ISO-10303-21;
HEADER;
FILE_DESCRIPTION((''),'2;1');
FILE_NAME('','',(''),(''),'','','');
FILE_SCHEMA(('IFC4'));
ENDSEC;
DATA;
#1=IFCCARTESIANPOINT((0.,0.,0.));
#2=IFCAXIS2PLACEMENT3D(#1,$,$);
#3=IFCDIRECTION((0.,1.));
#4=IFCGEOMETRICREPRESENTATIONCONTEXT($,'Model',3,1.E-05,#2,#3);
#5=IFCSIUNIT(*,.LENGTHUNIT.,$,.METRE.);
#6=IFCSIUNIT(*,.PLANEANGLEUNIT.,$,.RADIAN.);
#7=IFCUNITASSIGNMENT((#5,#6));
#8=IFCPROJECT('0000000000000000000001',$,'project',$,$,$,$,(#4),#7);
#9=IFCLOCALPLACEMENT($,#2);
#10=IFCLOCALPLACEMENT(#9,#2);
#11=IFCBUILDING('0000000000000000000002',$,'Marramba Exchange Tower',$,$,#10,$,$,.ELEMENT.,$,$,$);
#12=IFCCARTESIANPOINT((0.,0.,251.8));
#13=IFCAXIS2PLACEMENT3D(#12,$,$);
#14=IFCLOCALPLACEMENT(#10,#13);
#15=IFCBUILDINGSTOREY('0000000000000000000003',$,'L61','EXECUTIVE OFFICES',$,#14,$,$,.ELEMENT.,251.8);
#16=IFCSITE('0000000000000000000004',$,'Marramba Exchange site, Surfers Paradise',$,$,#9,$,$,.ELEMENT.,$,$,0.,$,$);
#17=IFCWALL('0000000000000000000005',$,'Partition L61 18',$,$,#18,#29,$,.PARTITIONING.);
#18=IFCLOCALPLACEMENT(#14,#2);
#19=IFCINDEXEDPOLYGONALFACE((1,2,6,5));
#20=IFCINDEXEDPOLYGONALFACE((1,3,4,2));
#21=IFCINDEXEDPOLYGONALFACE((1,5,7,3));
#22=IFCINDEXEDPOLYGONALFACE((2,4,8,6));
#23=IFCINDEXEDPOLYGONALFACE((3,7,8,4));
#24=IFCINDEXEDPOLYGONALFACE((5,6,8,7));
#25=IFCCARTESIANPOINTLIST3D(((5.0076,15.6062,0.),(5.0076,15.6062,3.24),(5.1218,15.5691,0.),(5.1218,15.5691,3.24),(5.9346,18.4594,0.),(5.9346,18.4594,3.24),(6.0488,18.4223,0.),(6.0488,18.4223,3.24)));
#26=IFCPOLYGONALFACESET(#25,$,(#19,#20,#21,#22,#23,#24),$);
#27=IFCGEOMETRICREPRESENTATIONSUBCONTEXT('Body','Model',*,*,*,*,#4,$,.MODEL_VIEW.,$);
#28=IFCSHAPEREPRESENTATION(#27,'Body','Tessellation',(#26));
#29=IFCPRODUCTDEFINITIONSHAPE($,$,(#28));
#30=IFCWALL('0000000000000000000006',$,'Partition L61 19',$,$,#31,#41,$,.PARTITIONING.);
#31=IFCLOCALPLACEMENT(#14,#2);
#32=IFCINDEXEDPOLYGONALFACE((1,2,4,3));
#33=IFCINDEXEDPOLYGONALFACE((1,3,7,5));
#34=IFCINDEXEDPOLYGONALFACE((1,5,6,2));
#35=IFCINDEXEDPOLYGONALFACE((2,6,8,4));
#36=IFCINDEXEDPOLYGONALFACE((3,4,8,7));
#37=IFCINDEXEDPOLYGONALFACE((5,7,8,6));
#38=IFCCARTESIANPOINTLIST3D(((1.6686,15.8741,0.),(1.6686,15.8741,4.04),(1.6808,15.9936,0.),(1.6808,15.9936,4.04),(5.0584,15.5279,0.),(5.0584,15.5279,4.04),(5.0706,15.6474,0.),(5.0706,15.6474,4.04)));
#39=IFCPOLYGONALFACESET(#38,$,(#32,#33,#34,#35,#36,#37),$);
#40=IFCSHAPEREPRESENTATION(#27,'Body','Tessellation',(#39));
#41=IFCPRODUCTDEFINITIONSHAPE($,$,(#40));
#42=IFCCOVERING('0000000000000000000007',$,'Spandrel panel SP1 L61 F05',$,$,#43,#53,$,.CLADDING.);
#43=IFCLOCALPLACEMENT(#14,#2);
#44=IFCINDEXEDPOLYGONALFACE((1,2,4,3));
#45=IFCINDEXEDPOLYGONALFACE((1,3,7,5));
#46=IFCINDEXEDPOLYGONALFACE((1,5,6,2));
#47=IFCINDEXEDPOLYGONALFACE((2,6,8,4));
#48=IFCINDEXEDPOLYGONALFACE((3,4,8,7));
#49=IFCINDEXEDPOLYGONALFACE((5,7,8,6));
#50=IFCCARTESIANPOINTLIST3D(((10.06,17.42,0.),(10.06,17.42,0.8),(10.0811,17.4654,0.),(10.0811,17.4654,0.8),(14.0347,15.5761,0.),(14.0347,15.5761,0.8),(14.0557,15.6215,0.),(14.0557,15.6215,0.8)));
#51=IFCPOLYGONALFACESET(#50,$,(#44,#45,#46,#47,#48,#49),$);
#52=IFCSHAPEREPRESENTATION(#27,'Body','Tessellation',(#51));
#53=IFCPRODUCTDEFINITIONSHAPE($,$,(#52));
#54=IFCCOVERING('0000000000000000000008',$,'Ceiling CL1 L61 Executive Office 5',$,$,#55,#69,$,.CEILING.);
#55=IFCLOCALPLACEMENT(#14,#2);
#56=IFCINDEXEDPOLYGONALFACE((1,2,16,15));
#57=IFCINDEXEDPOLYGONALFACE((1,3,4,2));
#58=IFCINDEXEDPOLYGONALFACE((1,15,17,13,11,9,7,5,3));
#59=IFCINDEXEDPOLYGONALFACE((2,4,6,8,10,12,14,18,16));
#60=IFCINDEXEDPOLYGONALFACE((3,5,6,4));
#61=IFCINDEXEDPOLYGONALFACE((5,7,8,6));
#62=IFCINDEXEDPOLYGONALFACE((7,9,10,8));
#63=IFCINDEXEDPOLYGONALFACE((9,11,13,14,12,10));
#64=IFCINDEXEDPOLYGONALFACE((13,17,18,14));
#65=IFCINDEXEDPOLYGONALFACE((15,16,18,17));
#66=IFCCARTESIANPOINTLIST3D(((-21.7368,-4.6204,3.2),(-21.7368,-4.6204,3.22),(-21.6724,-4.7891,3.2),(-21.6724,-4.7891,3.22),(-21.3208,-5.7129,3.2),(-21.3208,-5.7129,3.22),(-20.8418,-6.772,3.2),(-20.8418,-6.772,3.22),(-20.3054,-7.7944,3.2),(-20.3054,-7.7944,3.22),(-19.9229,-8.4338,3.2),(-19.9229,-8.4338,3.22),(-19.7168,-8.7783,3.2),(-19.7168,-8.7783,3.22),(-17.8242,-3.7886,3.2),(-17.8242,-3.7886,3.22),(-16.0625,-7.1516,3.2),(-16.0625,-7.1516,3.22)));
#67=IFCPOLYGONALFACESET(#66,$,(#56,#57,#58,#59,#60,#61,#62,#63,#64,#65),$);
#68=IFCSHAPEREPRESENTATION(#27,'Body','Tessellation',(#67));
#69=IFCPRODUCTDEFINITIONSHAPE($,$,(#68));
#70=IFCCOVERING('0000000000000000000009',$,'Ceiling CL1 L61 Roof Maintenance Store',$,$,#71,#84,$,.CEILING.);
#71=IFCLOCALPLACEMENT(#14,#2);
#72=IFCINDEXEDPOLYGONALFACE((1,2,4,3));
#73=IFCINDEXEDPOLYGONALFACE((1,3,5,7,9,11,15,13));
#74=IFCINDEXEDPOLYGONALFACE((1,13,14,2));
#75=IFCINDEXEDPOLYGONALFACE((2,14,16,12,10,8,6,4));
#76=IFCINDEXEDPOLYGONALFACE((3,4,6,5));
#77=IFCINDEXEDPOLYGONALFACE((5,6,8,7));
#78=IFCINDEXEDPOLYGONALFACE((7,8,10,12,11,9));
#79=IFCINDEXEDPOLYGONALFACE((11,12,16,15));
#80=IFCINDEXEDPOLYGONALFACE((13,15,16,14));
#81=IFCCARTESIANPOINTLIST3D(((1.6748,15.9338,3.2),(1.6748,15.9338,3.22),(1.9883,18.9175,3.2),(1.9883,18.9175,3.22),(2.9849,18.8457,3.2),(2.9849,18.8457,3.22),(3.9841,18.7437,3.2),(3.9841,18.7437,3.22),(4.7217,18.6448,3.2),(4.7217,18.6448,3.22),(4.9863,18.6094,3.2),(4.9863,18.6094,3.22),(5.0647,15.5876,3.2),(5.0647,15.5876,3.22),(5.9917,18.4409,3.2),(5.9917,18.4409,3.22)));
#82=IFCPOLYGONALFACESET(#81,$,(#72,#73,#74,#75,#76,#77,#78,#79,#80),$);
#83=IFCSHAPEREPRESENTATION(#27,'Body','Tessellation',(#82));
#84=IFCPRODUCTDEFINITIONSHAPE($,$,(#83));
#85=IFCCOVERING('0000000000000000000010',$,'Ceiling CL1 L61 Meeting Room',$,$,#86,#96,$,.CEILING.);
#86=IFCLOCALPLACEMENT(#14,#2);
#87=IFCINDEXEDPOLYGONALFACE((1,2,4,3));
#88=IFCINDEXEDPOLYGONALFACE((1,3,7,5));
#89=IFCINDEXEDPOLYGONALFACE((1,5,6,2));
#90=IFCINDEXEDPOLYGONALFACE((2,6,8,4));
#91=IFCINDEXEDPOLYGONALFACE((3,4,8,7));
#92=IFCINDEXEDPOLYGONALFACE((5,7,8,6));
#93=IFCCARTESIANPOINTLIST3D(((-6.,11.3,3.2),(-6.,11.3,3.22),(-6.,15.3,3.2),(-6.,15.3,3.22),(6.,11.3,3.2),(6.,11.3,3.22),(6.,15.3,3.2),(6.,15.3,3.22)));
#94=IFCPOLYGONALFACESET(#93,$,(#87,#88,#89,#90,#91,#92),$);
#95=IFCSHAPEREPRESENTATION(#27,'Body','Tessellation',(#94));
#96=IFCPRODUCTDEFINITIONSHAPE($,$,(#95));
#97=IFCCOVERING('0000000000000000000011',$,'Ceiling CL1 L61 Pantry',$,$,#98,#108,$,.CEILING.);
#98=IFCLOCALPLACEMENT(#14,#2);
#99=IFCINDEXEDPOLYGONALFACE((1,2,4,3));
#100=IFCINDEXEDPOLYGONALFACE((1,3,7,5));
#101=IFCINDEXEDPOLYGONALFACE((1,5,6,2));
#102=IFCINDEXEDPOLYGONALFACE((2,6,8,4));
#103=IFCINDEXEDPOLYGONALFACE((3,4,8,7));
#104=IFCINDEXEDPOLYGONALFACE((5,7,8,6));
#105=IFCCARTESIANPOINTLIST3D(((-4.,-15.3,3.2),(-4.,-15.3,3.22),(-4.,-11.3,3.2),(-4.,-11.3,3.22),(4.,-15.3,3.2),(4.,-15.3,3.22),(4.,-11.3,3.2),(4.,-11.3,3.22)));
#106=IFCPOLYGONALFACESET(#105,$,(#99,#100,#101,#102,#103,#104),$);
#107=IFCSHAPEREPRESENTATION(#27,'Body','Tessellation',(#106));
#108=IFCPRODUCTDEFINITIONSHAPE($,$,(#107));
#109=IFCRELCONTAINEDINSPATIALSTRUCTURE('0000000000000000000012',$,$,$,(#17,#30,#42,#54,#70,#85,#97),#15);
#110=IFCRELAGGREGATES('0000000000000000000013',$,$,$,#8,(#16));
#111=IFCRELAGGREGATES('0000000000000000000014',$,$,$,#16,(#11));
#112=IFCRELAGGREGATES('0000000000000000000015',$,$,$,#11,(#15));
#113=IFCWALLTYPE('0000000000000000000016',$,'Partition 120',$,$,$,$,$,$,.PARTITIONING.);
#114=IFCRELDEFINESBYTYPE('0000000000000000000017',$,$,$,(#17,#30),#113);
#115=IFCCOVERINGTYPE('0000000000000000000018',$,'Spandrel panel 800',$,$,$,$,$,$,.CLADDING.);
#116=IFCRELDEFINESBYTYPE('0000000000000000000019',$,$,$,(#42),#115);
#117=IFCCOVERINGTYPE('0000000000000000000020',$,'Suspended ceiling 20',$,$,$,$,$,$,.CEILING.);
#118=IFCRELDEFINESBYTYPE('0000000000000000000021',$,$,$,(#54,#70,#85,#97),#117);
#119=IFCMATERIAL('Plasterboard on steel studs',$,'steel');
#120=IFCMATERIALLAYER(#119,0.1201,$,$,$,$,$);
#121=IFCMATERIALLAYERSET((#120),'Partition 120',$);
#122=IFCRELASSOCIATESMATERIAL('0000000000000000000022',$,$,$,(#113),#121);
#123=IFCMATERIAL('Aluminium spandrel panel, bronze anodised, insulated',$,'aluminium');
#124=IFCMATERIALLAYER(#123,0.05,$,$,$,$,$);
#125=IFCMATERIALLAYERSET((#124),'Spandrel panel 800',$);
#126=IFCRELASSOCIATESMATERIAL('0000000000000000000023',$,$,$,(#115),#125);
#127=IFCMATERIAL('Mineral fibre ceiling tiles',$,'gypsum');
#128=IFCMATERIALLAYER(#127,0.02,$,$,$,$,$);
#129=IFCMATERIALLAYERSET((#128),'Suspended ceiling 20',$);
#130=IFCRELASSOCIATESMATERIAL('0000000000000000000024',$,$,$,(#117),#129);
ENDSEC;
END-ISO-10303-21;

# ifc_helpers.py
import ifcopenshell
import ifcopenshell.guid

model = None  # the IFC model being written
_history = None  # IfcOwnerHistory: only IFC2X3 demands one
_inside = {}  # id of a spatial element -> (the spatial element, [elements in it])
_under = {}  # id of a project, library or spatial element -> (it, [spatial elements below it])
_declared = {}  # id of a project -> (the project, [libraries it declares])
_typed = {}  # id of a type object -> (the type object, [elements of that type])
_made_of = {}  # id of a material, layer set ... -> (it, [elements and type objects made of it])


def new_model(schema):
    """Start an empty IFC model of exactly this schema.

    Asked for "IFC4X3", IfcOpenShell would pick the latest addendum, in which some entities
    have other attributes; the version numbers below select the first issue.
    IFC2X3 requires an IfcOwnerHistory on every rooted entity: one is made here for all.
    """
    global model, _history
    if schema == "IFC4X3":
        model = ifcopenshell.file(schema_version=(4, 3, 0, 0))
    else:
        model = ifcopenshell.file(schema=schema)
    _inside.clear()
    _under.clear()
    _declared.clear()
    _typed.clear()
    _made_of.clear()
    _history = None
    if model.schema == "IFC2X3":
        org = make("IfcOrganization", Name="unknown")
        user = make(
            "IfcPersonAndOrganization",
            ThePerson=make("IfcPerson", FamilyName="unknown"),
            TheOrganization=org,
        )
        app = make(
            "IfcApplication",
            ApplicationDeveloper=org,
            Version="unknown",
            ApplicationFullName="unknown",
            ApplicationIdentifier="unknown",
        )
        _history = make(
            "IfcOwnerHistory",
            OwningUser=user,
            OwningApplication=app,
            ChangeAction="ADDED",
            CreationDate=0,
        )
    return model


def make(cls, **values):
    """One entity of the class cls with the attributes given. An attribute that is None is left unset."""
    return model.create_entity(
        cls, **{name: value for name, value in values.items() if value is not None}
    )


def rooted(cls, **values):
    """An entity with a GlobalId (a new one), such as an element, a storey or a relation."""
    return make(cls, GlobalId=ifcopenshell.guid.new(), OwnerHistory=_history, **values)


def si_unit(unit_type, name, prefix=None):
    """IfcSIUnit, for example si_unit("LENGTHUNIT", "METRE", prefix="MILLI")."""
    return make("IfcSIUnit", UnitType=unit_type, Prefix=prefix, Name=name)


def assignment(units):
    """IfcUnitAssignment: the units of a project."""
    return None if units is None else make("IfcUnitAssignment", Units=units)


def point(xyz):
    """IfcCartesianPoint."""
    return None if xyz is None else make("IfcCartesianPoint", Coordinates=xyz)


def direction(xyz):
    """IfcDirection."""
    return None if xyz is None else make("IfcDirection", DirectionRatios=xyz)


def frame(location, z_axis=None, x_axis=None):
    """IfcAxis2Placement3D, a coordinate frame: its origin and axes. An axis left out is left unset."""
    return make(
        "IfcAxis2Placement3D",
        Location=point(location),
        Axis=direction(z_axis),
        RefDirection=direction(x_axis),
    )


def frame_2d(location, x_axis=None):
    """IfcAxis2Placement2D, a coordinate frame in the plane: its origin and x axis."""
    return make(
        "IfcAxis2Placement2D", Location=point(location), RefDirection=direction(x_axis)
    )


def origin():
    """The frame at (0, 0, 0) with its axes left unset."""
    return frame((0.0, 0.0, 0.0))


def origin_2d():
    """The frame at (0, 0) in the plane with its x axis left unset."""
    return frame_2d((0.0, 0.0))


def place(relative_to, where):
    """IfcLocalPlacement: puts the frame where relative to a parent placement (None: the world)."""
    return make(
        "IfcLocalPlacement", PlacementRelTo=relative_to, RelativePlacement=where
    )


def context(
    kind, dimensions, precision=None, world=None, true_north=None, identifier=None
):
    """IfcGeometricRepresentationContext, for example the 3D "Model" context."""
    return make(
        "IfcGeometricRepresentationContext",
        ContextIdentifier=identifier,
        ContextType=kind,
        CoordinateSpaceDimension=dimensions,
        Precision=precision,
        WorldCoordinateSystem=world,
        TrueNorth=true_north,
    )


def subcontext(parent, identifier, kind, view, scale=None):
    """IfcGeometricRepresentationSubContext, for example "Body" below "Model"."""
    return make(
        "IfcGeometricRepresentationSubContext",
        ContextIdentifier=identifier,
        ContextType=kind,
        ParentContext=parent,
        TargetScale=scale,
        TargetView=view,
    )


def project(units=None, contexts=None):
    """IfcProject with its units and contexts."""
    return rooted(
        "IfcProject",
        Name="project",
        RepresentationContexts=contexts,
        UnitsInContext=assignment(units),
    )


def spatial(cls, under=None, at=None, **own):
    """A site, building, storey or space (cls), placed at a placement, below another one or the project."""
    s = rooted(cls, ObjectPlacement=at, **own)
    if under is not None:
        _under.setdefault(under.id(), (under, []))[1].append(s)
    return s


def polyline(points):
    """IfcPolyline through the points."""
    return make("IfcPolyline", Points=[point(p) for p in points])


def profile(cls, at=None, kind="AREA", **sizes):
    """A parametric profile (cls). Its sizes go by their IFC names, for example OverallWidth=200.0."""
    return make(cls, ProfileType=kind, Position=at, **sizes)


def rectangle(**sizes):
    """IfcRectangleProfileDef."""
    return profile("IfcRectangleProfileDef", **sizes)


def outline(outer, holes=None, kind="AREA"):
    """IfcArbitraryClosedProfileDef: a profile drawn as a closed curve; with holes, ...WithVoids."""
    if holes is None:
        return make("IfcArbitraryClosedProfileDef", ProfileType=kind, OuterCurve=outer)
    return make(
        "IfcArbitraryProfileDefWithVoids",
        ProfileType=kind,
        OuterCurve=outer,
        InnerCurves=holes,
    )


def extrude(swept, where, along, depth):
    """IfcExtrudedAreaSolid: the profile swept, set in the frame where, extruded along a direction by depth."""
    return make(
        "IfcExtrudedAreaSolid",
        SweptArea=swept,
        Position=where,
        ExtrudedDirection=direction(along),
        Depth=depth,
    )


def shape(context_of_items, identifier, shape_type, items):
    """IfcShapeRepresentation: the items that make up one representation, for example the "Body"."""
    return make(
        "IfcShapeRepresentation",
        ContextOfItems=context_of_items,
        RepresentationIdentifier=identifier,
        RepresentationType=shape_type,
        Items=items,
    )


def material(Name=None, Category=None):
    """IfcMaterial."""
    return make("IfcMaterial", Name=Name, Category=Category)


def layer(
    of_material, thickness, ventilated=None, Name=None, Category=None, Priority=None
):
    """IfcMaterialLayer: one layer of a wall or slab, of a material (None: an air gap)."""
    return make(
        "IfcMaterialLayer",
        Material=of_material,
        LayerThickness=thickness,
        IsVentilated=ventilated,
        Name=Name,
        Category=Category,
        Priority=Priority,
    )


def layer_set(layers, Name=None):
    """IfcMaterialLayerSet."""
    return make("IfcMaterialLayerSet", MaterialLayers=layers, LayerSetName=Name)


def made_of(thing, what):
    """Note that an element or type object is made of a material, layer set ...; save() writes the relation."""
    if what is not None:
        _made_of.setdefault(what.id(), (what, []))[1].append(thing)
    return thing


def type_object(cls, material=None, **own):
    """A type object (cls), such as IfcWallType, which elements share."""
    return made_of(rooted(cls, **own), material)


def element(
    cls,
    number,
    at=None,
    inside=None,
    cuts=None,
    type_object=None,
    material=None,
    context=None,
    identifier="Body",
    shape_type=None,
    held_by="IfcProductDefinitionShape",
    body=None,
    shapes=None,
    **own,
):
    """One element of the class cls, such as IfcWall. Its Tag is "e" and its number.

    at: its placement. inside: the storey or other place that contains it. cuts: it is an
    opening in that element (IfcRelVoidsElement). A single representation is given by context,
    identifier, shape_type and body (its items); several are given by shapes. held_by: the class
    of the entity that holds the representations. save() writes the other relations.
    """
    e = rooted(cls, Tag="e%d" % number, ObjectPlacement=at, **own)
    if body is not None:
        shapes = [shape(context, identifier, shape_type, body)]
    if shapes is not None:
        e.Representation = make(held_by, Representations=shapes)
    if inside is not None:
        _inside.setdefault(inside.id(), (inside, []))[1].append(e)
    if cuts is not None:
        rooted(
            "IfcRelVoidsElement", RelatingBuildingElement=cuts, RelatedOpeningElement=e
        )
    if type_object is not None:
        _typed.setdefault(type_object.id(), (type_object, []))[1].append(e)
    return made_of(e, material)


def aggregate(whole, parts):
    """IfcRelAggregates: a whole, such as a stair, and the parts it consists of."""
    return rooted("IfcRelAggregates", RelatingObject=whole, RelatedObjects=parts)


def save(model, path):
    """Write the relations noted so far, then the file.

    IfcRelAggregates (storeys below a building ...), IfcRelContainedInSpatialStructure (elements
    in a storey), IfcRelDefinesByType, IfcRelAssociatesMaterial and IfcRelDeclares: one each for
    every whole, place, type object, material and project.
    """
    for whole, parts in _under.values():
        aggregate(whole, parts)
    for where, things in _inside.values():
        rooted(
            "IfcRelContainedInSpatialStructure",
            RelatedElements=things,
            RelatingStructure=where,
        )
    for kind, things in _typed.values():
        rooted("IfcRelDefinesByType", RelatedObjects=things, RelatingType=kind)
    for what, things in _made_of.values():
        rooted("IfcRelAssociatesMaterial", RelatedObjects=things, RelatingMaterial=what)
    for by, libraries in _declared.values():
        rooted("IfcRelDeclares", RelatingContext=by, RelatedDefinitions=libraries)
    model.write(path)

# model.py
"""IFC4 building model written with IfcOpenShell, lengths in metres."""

from ifc_helpers import new_model, si_unit, direction, frame, frame_2d, origin, origin_2d, place, context, subcontext, project, spatial, polyline, rectangle, outline, extrude, material, layer, layer_set, type_object, element, save


model = new_model("IFC4")

# Units and contexts
model_context = context("Model", 3, precision=1e-05, world=origin(), true_north=direction((0.0, 1.0)))
body_context = subcontext(model_context, "Body", "Model", "MODEL_VIEW")
ifc_project = project(units=[si_unit("LENGTHUNIT", "METRE"), si_unit("PLANEANGLEUNIT", "RADIAN")], contexts=[model_context])

# Site, building, storey
site_placement = place(None, origin())
site = spatial("IfcSite", under=ifc_project, at=site_placement, Name="Marramba Exchange site, Surfers Paradise", CompositionType="ELEMENT", RefElevation=0.0)
building_placement = place(site_placement, origin())
building = spatial("IfcBuilding", under=site, at=building_placement, Name="Marramba Exchange Tower", CompositionType="ELEMENT")
storey_placement = place(building_placement, frame((0.0, 0.0, 251.8)))
storey = spatial("IfcBuildingStorey", under=building, at=storey_placement, Name="L61", Description="EXECUTIVE OFFICES", CompositionType="ELEMENT", Elevation=251.8)

# Walls
ifc_material_1 = material(Name="Plasterboard on steel studs", Category="steel")
ifc_layer_1 = layer(ifc_material_1, 0.1201)
ifc_layer_set_1 = layer_set([ifc_layer_1], Name="Partition 120")
wall_type_1 = type_object("IfcWallType", Name="Partition 120", PredefinedType="PARTITIONING", material=ifc_layer_set_1)
wall_1_placement = place(storey_placement, frame((5.0647, 15.5876, 0.0), z_axis=(0.0, 0.0, 1.0), x_axis=(0.308992, 0.951065, 0.0)))
element("IfcWall", 1, at=wall_1_placement, inside=storey, type_object=wall_type_1, Name="Partition L61 18", PredefinedType="PARTITIONING", context=body_context, shape_type="SweptSolid", body=[
    extrude(rectangle(XDim=3.0, YDim=0.1201, at=frame_2d((1.5, 0.0))), origin(), (0.0, 0.0, 1.0), 3.24),
])
wall_2_placement = place(storey_placement, frame((1.6748, 15.9338, 0.0), z_axis=(0.0, 0.0, 1.0), x_axis=(0.994826, -0.101596, 0.0)))
element("IfcWall", 2, at=wall_2_placement, inside=storey, type_object=wall_type_1, Name="Partition L61 19", PredefinedType="PARTITIONING", context=body_context, shape_type="SweptSolid", body=[
    extrude(rectangle(XDim=3.4075, YDim=0.1201, at=frame_2d((1.7036, 0.0))), origin(), (0.0, 0.0, 1.0), 4.04),
])

# Coverings
ifc_material_2 = material(Name="Aluminium spandrel panel, bronze anodised, insulated", Category="aluminium")
ifc_layer_2 = layer(ifc_material_2, 0.05)
ifc_layer_set_2 = layer_set([ifc_layer_2], Name="Spandrel panel 800")
covering_type_1 = type_object("IfcCoveringType", Name="Spandrel panel 800", PredefinedType="CLADDING", material=ifc_layer_set_2)
covering_1_placement = place(storey_placement, frame((12.0579, 16.5208, 0.0), z_axis=(0.0, 0.0, 1.0), x_axis=(-0.907131, 0.420849, 0.0)))
element("IfcCovering", 3, at=covering_1_placement, inside=storey, type_object=covering_type_1, Name="Spandrel panel SP1 L61 F05", PredefinedType="CLADDING", context=body_context, shape_type="SweptSolid", body=[
    extrude(rectangle(XDim=4.3816, YDim=0.05, at=origin_2d()), origin(), (0.0, 0.0, 1.0), 0.8),
])
ifc_material_3 = material(Name="Mineral fibre ceiling tiles", Category="gypsum")
ifc_layer_3 = layer(ifc_material_3, 0.02)
ifc_layer_set_3 = layer_set([ifc_layer_3], Name="Suspended ceiling 20")
covering_type_2 = type_object("IfcCoveringType", Name="Suspended ceiling 20", PredefinedType="CEILING", material=ifc_layer_set_3)
covering_2_placement = place(storey_placement, frame((0.0, 0.0, 3.2)))
element("IfcCovering", 4, at=covering_2_placement, inside=storey, type_object=covering_type_2, Name="Ceiling CL1 L61 Executive Office 5", PredefinedType="CEILING", context=body_context, shape_type="SweptSolid", body=[
    extrude(outline(polyline([(-19.9229, -8.4338), (-20.3054, -7.7944), (-20.8418, -6.772), (-21.3208, -5.7129), (-21.6724, -4.7891), (-21.7368, -4.6204), (-17.8242, -3.7886), (-16.0625, -7.1516), (-19.7168, -8.7783), (-19.9229, -8.4338)])), origin(), (0.0, 0.0, 1.0), 0.02),
])
covering_3_placement = place(storey_placement, frame((0.0, 0.0, 3.2)))
element("IfcCovering", 5, at=covering_3_placement, inside=storey, type_object=covering_type_2, Name="Ceiling CL1 L61 Roof Maintenance Store", PredefinedType="CEILING", context=body_context, shape_type="SweptSolid", body=[
    extrude(outline(polyline([(2.9849, 18.8457), (3.9841, 18.7437), (4.7217, 18.6448), (4.9863, 18.6094), (5.9917, 18.4409), (5.0647, 15.5876), (1.6748, 15.9338), (1.9883, 18.9175), (2.9849, 18.8457)])), origin(), (0.0, 0.0, 1.0), 0.02),
])
covering_4_placement = place(storey_placement, frame((0.0, 0.0, 3.2)))
element("IfcCovering", 6, at=covering_4_placement, inside=storey, type_object=covering_type_2, Name="Ceiling CL1 L61 Meeting Room", PredefinedType="CEILING", context=body_context, shape_type="SweptSolid", body=[
    extrude(outline(polyline([(6.0, 15.3), (6.0, 11.3), (-6.0, 11.3), (-6.0, 15.3), (6.0, 15.3)])), origin(), (0.0, 0.0, 1.0), 0.02),
])
covering_5_placement = place(storey_placement, frame((0.0, 0.0, 3.2)))
element("IfcCovering", 7, at=covering_5_placement, inside=storey, type_object=covering_type_2, Name="Ceiling CL1 L61 Pantry", PredefinedType="CEILING", context=body_context, shape_type="SweptSolid", body=[
    extrude(outline(polyline([(4.0, -11.3), (4.0, -15.3), (-4.0, -15.3), (-4.0, -11.3), (4.0, -11.3)])), origin(), (0.0, 0.0, 1.0), 0.02),
])

save(model, "model.ifc")
